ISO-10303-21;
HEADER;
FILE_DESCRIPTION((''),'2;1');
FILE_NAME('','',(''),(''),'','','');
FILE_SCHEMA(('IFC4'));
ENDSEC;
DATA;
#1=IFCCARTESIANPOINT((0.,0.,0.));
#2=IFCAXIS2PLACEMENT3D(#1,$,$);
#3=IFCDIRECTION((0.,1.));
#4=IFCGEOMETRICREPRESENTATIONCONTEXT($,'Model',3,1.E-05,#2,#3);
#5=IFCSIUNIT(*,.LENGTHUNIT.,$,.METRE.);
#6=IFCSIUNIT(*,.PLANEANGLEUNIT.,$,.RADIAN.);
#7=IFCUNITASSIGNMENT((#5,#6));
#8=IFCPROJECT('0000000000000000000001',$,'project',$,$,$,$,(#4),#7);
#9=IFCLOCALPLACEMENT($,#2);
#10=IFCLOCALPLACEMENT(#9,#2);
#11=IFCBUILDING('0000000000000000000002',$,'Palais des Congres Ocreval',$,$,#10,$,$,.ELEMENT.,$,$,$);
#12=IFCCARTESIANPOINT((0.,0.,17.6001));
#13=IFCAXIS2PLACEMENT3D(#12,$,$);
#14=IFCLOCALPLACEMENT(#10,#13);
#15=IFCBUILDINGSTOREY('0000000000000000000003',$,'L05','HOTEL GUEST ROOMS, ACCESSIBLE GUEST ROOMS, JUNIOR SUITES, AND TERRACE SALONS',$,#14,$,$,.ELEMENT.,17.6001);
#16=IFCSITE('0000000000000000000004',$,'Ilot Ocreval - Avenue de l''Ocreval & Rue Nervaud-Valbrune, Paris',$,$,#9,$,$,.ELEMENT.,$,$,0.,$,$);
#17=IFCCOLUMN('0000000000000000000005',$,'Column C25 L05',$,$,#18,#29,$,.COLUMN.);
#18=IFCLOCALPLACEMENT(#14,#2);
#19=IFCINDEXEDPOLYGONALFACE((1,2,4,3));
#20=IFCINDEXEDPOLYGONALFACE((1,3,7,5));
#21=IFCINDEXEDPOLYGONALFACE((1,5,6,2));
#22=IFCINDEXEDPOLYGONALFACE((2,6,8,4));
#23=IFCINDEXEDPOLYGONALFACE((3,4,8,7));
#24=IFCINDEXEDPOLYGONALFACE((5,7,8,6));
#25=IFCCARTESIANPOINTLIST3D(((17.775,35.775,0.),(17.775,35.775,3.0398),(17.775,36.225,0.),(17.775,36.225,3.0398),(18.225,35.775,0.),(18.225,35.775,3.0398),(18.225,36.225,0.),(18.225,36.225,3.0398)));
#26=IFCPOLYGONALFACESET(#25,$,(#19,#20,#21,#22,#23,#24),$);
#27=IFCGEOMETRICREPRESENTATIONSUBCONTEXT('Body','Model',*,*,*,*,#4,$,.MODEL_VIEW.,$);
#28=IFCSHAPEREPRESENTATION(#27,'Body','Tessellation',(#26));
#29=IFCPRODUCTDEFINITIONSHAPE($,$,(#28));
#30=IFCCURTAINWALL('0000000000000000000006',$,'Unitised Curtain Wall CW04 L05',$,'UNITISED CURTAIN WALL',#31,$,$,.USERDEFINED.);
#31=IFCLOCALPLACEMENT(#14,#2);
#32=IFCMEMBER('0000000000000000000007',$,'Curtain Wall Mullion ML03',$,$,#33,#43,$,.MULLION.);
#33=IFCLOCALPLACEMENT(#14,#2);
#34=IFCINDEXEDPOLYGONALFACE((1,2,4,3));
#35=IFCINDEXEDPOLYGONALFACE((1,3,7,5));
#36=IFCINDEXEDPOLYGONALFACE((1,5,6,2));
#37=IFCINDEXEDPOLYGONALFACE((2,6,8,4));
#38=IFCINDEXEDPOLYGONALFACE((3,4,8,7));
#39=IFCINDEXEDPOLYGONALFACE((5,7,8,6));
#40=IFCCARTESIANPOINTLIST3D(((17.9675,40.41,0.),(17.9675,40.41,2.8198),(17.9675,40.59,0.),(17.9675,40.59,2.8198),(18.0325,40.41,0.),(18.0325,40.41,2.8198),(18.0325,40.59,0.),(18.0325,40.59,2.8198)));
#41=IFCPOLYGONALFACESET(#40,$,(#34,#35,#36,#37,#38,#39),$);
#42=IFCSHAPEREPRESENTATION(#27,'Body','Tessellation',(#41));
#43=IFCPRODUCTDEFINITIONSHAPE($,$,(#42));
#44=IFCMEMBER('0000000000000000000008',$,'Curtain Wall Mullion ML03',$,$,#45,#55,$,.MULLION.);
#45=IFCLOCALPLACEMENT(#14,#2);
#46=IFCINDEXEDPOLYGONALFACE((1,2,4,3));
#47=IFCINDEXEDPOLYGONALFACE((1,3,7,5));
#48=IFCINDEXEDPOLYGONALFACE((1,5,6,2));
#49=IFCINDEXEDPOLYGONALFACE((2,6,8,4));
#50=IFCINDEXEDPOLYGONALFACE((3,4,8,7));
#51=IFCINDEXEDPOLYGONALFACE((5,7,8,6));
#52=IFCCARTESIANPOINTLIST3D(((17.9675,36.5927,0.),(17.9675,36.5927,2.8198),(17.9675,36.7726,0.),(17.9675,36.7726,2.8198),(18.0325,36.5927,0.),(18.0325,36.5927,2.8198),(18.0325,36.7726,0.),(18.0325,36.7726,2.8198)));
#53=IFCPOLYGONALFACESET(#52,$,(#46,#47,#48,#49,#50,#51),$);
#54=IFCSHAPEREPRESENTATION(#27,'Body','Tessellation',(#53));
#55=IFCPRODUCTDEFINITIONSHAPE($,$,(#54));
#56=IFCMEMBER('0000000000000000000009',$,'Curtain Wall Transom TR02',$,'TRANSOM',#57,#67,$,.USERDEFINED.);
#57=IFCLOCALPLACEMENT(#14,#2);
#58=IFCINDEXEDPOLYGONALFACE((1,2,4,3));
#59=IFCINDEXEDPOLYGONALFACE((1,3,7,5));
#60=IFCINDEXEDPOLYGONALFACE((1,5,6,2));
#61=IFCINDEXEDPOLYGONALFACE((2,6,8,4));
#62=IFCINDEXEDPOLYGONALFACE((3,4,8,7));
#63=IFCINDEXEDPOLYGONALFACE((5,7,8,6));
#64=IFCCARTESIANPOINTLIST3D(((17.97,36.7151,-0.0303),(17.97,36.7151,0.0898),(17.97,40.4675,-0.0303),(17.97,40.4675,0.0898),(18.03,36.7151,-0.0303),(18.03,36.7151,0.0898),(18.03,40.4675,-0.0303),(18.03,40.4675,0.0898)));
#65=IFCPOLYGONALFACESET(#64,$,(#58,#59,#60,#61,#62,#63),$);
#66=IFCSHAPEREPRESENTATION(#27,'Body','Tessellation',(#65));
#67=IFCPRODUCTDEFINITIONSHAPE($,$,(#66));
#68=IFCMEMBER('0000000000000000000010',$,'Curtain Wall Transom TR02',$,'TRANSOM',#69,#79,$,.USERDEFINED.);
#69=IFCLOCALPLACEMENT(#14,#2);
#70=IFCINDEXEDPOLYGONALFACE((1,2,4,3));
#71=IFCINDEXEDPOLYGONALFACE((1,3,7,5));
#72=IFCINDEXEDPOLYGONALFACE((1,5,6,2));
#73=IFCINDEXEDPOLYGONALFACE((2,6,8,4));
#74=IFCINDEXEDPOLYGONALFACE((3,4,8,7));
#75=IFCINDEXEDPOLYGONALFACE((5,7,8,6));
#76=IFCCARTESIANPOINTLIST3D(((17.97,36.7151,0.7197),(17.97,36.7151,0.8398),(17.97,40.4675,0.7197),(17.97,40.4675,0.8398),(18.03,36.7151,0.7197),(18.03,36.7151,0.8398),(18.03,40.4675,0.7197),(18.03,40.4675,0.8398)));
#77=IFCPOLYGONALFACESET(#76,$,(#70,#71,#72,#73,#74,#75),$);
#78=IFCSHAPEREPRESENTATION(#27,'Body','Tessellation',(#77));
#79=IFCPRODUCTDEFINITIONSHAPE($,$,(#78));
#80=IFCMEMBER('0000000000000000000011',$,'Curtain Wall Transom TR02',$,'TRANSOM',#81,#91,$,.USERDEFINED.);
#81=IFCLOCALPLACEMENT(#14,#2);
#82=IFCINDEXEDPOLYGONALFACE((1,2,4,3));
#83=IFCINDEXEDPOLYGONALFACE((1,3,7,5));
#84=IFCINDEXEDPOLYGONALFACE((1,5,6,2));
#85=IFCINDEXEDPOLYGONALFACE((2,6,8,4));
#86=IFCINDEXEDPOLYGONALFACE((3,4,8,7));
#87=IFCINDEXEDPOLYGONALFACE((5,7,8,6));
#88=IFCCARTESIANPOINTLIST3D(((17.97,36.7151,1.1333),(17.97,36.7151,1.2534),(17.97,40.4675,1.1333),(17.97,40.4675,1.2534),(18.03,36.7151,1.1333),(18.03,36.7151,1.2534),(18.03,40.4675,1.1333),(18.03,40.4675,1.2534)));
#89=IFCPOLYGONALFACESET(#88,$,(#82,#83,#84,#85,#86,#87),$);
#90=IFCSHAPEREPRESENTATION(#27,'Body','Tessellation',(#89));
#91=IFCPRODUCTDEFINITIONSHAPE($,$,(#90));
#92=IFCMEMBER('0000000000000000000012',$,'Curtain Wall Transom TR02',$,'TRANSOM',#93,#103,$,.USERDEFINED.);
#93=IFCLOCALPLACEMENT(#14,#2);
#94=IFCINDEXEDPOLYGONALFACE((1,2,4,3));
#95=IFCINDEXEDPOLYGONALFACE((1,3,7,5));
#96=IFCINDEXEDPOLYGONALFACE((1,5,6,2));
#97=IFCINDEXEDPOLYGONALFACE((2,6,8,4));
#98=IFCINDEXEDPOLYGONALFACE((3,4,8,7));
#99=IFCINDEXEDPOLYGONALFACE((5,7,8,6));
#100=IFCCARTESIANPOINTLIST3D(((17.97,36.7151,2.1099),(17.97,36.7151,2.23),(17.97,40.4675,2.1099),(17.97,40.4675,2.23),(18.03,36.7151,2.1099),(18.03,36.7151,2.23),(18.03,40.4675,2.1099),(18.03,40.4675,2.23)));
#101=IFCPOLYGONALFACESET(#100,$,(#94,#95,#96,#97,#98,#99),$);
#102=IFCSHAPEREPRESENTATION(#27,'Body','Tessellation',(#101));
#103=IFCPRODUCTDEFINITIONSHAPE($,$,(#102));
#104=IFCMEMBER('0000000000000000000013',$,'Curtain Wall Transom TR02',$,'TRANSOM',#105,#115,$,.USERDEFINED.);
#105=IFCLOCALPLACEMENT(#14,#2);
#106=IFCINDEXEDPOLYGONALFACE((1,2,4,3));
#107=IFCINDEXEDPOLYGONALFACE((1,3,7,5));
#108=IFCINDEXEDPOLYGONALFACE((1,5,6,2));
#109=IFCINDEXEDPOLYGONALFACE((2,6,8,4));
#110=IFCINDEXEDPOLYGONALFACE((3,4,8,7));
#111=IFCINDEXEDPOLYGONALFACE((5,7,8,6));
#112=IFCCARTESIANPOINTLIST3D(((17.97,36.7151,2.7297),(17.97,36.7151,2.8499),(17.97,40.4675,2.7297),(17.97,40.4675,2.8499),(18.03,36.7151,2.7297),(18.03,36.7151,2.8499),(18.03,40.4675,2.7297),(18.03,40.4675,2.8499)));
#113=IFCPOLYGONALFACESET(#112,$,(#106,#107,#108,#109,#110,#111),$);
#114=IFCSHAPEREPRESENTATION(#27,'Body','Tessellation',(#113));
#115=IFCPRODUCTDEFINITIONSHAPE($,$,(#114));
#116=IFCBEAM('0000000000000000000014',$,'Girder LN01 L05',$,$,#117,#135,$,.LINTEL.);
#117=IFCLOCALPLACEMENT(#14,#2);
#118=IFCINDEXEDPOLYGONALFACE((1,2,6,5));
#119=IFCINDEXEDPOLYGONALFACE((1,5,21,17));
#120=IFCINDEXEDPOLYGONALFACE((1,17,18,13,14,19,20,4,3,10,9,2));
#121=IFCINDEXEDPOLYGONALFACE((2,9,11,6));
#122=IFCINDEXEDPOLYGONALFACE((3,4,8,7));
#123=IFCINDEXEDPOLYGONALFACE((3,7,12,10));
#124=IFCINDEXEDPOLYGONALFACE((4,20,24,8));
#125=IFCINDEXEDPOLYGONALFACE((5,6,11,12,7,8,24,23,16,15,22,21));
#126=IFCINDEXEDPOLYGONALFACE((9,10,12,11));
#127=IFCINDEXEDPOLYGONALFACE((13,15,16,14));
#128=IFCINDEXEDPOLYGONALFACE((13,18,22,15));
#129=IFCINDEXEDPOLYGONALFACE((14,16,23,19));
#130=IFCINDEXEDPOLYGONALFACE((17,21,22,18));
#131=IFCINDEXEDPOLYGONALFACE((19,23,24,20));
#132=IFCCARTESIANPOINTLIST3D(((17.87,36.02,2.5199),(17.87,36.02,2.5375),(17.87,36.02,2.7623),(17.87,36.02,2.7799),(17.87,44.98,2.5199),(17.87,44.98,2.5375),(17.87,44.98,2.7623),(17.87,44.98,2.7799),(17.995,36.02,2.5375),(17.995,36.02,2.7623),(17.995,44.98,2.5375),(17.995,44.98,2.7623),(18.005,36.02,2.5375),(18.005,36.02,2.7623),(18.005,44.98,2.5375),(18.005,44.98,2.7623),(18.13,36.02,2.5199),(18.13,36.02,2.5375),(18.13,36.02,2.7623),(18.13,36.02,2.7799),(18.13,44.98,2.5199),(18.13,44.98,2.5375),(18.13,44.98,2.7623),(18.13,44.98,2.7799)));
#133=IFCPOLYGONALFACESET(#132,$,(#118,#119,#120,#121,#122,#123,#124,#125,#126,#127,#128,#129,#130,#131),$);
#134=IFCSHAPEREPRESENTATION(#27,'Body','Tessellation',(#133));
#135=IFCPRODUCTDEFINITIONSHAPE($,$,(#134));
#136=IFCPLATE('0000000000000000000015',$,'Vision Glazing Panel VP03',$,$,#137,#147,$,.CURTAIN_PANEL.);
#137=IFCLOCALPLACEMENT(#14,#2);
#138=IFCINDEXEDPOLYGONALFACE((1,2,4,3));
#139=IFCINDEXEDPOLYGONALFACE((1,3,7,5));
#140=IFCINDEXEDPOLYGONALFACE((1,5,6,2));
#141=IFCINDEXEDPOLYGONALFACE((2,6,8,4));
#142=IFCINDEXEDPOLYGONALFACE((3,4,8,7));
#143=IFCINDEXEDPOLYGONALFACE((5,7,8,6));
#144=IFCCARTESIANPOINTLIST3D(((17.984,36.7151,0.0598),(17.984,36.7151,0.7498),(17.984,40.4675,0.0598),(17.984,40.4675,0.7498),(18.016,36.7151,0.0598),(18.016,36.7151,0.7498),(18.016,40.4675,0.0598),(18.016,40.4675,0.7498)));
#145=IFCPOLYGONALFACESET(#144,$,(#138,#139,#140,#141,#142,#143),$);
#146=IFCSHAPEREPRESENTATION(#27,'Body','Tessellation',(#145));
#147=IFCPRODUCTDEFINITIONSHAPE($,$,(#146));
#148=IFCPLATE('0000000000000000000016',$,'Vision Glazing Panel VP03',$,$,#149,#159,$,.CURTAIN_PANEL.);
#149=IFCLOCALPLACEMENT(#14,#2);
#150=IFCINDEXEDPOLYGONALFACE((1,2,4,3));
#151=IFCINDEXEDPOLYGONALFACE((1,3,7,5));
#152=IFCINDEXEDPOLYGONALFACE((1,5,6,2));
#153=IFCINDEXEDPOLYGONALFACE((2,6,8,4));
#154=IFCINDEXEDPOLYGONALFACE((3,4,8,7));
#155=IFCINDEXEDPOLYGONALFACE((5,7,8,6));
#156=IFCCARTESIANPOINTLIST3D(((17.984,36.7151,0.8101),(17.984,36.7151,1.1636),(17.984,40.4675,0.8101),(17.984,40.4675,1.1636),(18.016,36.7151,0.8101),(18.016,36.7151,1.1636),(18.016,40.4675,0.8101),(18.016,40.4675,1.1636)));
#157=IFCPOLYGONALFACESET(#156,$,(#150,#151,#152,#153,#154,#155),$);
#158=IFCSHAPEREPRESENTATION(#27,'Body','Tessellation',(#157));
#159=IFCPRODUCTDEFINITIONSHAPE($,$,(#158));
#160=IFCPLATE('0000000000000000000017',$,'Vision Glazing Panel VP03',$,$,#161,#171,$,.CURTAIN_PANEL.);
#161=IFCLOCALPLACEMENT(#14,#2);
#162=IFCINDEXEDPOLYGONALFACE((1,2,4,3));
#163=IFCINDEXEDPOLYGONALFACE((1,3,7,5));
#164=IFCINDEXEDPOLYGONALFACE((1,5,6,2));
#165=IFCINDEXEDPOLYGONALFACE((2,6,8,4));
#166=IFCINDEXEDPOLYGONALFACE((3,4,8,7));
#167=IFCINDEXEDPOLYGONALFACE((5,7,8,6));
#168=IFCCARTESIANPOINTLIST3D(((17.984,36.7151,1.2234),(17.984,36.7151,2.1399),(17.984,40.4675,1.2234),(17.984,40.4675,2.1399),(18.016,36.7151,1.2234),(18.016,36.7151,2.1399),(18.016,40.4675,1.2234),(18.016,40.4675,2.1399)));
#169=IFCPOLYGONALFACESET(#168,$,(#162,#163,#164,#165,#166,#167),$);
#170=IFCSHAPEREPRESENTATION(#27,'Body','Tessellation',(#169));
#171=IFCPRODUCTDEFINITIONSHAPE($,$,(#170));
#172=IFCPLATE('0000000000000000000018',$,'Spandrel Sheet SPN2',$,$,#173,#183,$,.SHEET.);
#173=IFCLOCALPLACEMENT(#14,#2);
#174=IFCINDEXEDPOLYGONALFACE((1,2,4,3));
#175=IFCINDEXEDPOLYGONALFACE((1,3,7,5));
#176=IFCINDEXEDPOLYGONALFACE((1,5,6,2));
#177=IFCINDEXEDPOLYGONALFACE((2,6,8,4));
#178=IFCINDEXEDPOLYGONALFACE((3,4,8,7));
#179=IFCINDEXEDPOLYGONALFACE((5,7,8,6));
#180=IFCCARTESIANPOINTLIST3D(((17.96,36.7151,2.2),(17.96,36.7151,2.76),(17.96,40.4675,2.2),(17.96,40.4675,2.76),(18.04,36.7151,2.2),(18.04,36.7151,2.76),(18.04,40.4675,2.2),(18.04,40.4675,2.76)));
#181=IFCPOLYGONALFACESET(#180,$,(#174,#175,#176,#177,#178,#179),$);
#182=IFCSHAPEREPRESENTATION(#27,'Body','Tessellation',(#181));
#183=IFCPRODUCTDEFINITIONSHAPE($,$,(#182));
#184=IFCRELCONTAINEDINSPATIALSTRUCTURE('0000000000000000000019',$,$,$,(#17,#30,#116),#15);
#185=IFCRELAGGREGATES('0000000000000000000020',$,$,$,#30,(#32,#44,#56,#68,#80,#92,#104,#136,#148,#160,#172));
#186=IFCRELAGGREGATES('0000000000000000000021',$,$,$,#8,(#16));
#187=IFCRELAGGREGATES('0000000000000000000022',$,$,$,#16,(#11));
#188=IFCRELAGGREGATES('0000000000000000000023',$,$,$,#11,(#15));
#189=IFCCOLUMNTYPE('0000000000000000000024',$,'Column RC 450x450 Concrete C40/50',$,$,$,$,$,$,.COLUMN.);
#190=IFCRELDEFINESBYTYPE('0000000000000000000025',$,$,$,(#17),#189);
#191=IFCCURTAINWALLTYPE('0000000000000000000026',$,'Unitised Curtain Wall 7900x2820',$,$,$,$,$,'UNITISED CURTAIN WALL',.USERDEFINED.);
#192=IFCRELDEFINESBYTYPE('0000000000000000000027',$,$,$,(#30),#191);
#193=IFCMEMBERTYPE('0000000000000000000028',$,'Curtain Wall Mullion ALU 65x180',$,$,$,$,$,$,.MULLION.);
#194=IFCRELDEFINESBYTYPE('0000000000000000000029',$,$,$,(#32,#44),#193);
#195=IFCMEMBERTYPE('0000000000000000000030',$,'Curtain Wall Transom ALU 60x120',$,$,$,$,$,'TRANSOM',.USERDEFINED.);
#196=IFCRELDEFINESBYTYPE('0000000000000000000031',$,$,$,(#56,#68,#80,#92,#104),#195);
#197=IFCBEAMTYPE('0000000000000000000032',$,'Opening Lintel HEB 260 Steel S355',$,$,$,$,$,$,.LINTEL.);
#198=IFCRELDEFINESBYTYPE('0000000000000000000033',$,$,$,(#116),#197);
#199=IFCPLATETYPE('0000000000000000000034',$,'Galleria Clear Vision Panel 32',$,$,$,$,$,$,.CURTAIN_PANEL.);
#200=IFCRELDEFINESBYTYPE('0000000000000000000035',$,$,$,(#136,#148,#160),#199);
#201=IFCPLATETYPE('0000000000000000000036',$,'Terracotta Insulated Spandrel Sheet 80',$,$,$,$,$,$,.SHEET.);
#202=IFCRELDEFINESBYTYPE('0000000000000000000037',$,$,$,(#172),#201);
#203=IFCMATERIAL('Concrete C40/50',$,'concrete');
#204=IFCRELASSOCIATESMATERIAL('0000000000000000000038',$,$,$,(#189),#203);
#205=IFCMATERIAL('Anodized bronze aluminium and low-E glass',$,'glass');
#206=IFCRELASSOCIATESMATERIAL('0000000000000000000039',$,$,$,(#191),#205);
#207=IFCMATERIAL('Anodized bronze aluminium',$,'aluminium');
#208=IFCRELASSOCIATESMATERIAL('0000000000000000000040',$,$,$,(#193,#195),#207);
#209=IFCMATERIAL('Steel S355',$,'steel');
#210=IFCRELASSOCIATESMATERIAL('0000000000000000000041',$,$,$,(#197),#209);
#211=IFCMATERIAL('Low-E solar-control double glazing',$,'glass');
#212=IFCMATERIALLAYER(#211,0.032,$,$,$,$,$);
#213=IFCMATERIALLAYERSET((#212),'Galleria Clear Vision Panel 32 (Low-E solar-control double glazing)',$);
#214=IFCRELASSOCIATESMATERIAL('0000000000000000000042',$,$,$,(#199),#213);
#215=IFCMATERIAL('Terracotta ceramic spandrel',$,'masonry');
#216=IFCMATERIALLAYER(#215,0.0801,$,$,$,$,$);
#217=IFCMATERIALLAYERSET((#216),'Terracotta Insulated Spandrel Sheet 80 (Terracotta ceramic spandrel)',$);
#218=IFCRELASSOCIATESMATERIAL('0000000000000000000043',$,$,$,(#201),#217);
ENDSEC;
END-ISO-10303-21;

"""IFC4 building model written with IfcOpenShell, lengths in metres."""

from ifc_helpers import new_model, si_unit, direction, frame, origin, origin_2d, place, context, subcontext, project, spatial, rectangle, i_section, extrude, material, layer, layer_set, material_profile, profile_set, type_object, element, aggregate, save


model = new_model("IFC4")

# Units and contexts
model_context = context("Model", 3, precision=1e-05, world=origin(), true_north=direction((0.0, 1.0)))
body_context = subcontext(model_context, "Body", "Model", "MODEL_VIEW")
ifc_project = project(units=[si_unit("LENGTHUNIT", "METRE"), si_unit("PLANEANGLEUNIT", "RADIAN")], contexts=[model_context])

# Site, building, storey
site_placement = place(None, origin())
site = spatial("IfcSite", under=ifc_project, at=site_placement, Name="Ilot Ocreval - Avenue de l'Ocreval & Rue Nervaud-Valbrune, Paris", CompositionType="ELEMENT", RefElevation=0.0)
building_placement = place(site_placement, origin())
building = spatial("IfcBuilding", under=site, at=building_placement, Name="Palais des Congres Ocreval", CompositionType="ELEMENT")
storey_placement = place(building_placement, frame((0.0, 0.0, 17.6001)))
storey = spatial("IfcBuildingStorey", under=building, at=storey_placement, Name="L05", Description="HOTEL GUEST ROOMS, ACCESSIBLE GUEST ROOMS, JUNIOR SUITES, AND TERRACE SALONS", CompositionType="ELEMENT", Elevation=17.6001)

# Column
ifc_material_1 = material(Name="Concrete C40/50", Category="concrete")
ifc_material_profile_1 = material_profile(ifc_material_1, rectangle(XDim=0.45, YDim=0.45, at=origin_2d()), Name="RC 450x450")
ifc_profile_set_1 = profile_set([ifc_material_profile_1], Name="Concrete C40/50")
column_type = type_object("IfcColumnType", Name="Column RC 450x450 Concrete C40/50", PredefinedType="COLUMN", material=ifc_profile_set_1)
column_placement = place(storey_placement, frame((18.0, 36.0, 0.0), z_axis=(0.0, 0.0, 1.0), x_axis=(1.0, 0.0, 0.0)))
element("IfcColumn", 1, at=column_placement, inside=storey, type_object=column_type, Name="Column C25 L05", PredefinedType="COLUMN", context=body_context, shape_type="SweptSolid", body=[
    extrude(rectangle(XDim=0.45, YDim=0.45, at=origin_2d()), origin(), (0.0, 0.0, 1.0), 3.0398),
])

# Curtain wall, members
ifc_material_2 = material(Name="Anodized bronze aluminium and low-E glass", Category="glass")
curtain_wall_type = type_object("IfcCurtainWallType", Name="Unitised Curtain Wall 7900x2820", ElementType="UNITISED CURTAIN WALL", PredefinedType="USERDEFINED", material=ifc_material_2)
curtain_wall_placement = place(storey_placement, origin())
curtain_wall = element("IfcCurtainWall", 2, at=curtain_wall_placement, inside=storey, type_object=curtain_wall_type, Name="Unitised Curtain Wall CW04 L05", ObjectType="UNITISED CURTAIN WALL", PredefinedType="USERDEFINED")
ifc_material_3 = material(Name="Anodized bronze aluminium", Category="aluminium")
ifc_material_profile_2 = material_profile(ifc_material_3, rectangle(XDim=0.0649, YDim=0.1799, at=origin_2d()), Name="ALU 65x180")
ifc_profile_set_2 = profile_set([ifc_material_profile_2], Name="Anodized bronze aluminium")
member_type_1 = type_object("IfcMemberType", Name="Curtain Wall Mullion ALU 65x180", PredefinedType="MULLION", material=ifc_profile_set_2)
member_1_placement = place(storey_placement, frame((18.0, 40.5, 0.0), z_axis=(0.0, 0.0, 1.0), x_axis=(1.0, 0.0, 0.0)))
member_1 = element("IfcMember", 3, at=member_1_placement, type_object=member_type_1, Name="Curtain Wall Mullion ML03", PredefinedType="MULLION", context=body_context, shape_type="SweptSolid", body=[
    extrude(rectangle(XDim=0.0649, YDim=0.1799, at=origin_2d()), origin(), (0.0, 0.0, 1.0), 2.8198),
])
member_2_placement = place(storey_placement, frame((18.0, 36.6826, 0.0), z_axis=(0.0, 0.0, 1.0), x_axis=(1.0, 0.0, 0.0)))
member_2 = element("IfcMember", 4, at=member_2_placement, type_object=member_type_1, Name="Curtain Wall Mullion ML03", PredefinedType="MULLION", context=body_context, shape_type="SweptSolid", body=[
    extrude(rectangle(XDim=0.0649, YDim=0.1799, at=origin_2d()), origin(), (0.0, 0.0, 1.0), 2.8198),
])
ifc_material_profile_3 = material_profile(ifc_material_3, rectangle(XDim=0.0601, YDim=0.1201, at=origin_2d()), Name="ALU 60x120")
ifc_profile_set_3 = profile_set([ifc_material_profile_3], Name="Anodized bronze aluminium")
member_type_2 = type_object("IfcMemberType", Name="Curtain Wall Transom ALU 60x120", ElementType="TRANSOM", PredefinedType="USERDEFINED", material=ifc_profile_set_3)
member_3_placement = place(storey_placement, frame((18.0, 40.4675, 0.0298), z_axis=(0.0, -1.0, 0.0), x_axis=(1.0, 0.0, 0.0)))
member_3 = element("IfcMember", 5, at=member_3_placement, type_object=member_type_2, Name="Curtain Wall Transom TR02", ObjectType="TRANSOM", PredefinedType="USERDEFINED", context=body_context, shape_type="SweptSolid", body=[
    extrude(rectangle(XDim=0.0601, YDim=0.1201, at=origin_2d()), origin(), (0.0, 0.0, 1.0), 3.7524),
])
member_4_placement = place(storey_placement, frame((18.0, 40.4675, 0.7798), z_axis=(0.0, -1.0, 0.0), x_axis=(1.0, 0.0, 0.0)))
member_4 = element("IfcMember", 6, at=member_4_placement, type_object=member_type_2, Name="Curtain Wall Transom TR02", ObjectType="TRANSOM", PredefinedType="USERDEFINED", context=body_context, shape_type="SweptSolid", body=[
    extrude(rectangle(XDim=0.0601, YDim=0.1201, at=origin_2d()), origin(), (0.0, 0.0, 1.0), 3.7524),
])
member_5_placement = place(storey_placement, frame((18.0, 40.4675, 1.1934), z_axis=(0.0, -1.0, 0.0), x_axis=(1.0, 0.0, 0.0)))
member_5 = element("IfcMember", 7, at=member_5_placement, type_object=member_type_2, Name="Curtain Wall Transom TR02", ObjectType="TRANSOM", PredefinedType="USERDEFINED", context=body_context, shape_type="SweptSolid", body=[
    extrude(rectangle(XDim=0.0601, YDim=0.1201, at=origin_2d()), origin(), (0.0, 0.0, 1.0), 3.7524),
])
member_6_placement = place(storey_placement, frame((18.0, 40.4675, 2.1699), z_axis=(0.0, -1.0, 0.0), x_axis=(1.0, 0.0, 0.0)))
member_6 = element("IfcMember", 8, at=member_6_placement, type_object=member_type_2, Name="Curtain Wall Transom TR02", ObjectType="TRANSOM", PredefinedType="USERDEFINED", context=body_context, shape_type="SweptSolid", body=[
    extrude(rectangle(XDim=0.0601, YDim=0.1201, at=origin_2d()), origin(), (0.0, 0.0, 1.0), 3.7524),
])
member_7_placement = place(storey_placement, frame((18.0, 40.4675, 2.7898), z_axis=(0.0, -1.0, 0.0), x_axis=(1.0, 0.0, 0.0)))
member_7 = element("IfcMember", 9, at=member_7_placement, type_object=member_type_2, Name="Curtain Wall Transom TR02", ObjectType="TRANSOM", PredefinedType="USERDEFINED", context=body_context, shape_type="SweptSolid", body=[
    extrude(rectangle(XDim=0.0601, YDim=0.1201, at=origin_2d()), origin(), (0.0, 0.0, 1.0), 3.7524),
])

# Beam
ifc_material_4 = material(Name="Steel S355", Category="steel")
ifc_material_profile_4 = material_profile(ifc_material_4, i_section(OverallWidth=0.26, OverallDepth=0.26, WebThickness=0.01, FlangeThickness=0.0176, at=origin_2d()), Name="HEB 260")
ifc_profile_set_4 = profile_set([ifc_material_profile_4], Name="Steel S355")
beam_type = type_object("IfcBeamType", Name="Opening Lintel HEB 260 Steel S355", PredefinedType="LINTEL", material=ifc_profile_set_4)
beam_placement = place(storey_placement, frame((18.0, 36.02, 2.6499), z_axis=(0.0, 1.0, 0.0), x_axis=(-1.0, 0.0, 0.0)))
element("IfcBeam", 10, at=beam_placement, inside=storey, type_object=beam_type, Name="Girder LN01 L05", PredefinedType="LINTEL", context=body_context, shape_type="SweptSolid", body=[
    extrude(i_section(OverallWidth=0.26, OverallDepth=0.26, WebThickness=0.01, FlangeThickness=0.0176, at=origin_2d()), origin(), (0.0, 0.0, 1.0), 8.96),
])

# Plates
ifc_material_5 = material(Name="Low-E solar-control double glazing", Category="glass")
ifc_layer_1 = layer(ifc_material_5, 0.032)
ifc_layer_set_1 = layer_set([ifc_layer_1], Name="Galleria Clear Vision Panel 32 (Low-E solar-control double glazing)")
plate_type_1 = type_object("IfcPlateType", Name="Galleria Clear Vision Panel 32", PredefinedType="CURTAIN_PANEL", material=ifc_layer_set_1)
plate_1_placement = place(storey_placement, frame((18.0, 38.5913, 0.0598), z_axis=(0.0, 0.0, 1.0), x_axis=(0.0, -1.0, 0.0)))
plate_1 = element("IfcPlate", 11, at=plate_1_placement, type_object=plate_type_1, Name="Vision Glazing Panel VP03", PredefinedType="CURTAIN_PANEL", context=body_context, shape_type="SweptSolid", body=[
    extrude(rectangle(XDim=3.7524, YDim=0.032, at=origin_2d()), origin(), (0.0, 0.0, 1.0), 0.6899),
])
plate_2_placement = place(storey_placement, frame((18.0, 38.5913, 0.8101), z_axis=(0.0, 0.0, 1.0), x_axis=(0.0, -1.0, 0.0)))
plate_2 = element("IfcPlate", 12, at=plate_2_placement, type_object=plate_type_1, Name="Vision Glazing Panel VP03", PredefinedType="CURTAIN_PANEL", context=body_context, shape_type="SweptSolid", body=[
    extrude(rectangle(XDim=3.7524, YDim=0.032, at=origin_2d()), origin(), (0.0, 0.0, 1.0), 0.3535),
])
plate_3_placement = place(storey_placement, frame((18.0, 38.5913, 1.2234), z_axis=(0.0, 0.0, 1.0), x_axis=(0.0, -1.0, 0.0)))
plate_3 = element("IfcPlate", 13, at=plate_3_placement, type_object=plate_type_1, Name="Vision Glazing Panel VP03", PredefinedType="CURTAIN_PANEL", context=body_context, shape_type="SweptSolid", body=[
    extrude(rectangle(XDim=3.7524, YDim=0.032, at=origin_2d()), origin(), (0.0, 0.0, 1.0), 0.9165),
])
ifc_material_6 = material(Name="Terracotta ceramic spandrel", Category="masonry")
ifc_layer_2 = layer(ifc_material_6, 0.0801)
ifc_layer_set_2 = layer_set([ifc_layer_2], Name="Terracotta Insulated Spandrel Sheet 80 (Terracotta ceramic spandrel)")
plate_type_2 = type_object("IfcPlateType", Name="Terracotta Insulated Spandrel Sheet 80", PredefinedType="SHEET", material=ifc_layer_set_2)
plate_4_placement = place(storey_placement, frame((18.0, 38.5913, 2.2), z_axis=(0.0, 0.0, 1.0), x_axis=(0.0, -1.0, 0.0)))
plate_4 = element("IfcPlate", 14, at=plate_4_placement, type_object=plate_type_2, Name="Spandrel Sheet SPN2", PredefinedType="SHEET", context=body_context, shape_type="SweptSolid", body=[
    extrude(rectangle(XDim=3.7524, YDim=0.0801, at=origin_2d()), origin(), (0.0, 0.0, 1.0), 0.5601),
])
aggregate(curtain_wall, [member_1, member_2, member_3, member_4, member_5, member_6, member_7, plate_1, plate_2, plate_3, plate_4])

save(model, "model.ifc")
